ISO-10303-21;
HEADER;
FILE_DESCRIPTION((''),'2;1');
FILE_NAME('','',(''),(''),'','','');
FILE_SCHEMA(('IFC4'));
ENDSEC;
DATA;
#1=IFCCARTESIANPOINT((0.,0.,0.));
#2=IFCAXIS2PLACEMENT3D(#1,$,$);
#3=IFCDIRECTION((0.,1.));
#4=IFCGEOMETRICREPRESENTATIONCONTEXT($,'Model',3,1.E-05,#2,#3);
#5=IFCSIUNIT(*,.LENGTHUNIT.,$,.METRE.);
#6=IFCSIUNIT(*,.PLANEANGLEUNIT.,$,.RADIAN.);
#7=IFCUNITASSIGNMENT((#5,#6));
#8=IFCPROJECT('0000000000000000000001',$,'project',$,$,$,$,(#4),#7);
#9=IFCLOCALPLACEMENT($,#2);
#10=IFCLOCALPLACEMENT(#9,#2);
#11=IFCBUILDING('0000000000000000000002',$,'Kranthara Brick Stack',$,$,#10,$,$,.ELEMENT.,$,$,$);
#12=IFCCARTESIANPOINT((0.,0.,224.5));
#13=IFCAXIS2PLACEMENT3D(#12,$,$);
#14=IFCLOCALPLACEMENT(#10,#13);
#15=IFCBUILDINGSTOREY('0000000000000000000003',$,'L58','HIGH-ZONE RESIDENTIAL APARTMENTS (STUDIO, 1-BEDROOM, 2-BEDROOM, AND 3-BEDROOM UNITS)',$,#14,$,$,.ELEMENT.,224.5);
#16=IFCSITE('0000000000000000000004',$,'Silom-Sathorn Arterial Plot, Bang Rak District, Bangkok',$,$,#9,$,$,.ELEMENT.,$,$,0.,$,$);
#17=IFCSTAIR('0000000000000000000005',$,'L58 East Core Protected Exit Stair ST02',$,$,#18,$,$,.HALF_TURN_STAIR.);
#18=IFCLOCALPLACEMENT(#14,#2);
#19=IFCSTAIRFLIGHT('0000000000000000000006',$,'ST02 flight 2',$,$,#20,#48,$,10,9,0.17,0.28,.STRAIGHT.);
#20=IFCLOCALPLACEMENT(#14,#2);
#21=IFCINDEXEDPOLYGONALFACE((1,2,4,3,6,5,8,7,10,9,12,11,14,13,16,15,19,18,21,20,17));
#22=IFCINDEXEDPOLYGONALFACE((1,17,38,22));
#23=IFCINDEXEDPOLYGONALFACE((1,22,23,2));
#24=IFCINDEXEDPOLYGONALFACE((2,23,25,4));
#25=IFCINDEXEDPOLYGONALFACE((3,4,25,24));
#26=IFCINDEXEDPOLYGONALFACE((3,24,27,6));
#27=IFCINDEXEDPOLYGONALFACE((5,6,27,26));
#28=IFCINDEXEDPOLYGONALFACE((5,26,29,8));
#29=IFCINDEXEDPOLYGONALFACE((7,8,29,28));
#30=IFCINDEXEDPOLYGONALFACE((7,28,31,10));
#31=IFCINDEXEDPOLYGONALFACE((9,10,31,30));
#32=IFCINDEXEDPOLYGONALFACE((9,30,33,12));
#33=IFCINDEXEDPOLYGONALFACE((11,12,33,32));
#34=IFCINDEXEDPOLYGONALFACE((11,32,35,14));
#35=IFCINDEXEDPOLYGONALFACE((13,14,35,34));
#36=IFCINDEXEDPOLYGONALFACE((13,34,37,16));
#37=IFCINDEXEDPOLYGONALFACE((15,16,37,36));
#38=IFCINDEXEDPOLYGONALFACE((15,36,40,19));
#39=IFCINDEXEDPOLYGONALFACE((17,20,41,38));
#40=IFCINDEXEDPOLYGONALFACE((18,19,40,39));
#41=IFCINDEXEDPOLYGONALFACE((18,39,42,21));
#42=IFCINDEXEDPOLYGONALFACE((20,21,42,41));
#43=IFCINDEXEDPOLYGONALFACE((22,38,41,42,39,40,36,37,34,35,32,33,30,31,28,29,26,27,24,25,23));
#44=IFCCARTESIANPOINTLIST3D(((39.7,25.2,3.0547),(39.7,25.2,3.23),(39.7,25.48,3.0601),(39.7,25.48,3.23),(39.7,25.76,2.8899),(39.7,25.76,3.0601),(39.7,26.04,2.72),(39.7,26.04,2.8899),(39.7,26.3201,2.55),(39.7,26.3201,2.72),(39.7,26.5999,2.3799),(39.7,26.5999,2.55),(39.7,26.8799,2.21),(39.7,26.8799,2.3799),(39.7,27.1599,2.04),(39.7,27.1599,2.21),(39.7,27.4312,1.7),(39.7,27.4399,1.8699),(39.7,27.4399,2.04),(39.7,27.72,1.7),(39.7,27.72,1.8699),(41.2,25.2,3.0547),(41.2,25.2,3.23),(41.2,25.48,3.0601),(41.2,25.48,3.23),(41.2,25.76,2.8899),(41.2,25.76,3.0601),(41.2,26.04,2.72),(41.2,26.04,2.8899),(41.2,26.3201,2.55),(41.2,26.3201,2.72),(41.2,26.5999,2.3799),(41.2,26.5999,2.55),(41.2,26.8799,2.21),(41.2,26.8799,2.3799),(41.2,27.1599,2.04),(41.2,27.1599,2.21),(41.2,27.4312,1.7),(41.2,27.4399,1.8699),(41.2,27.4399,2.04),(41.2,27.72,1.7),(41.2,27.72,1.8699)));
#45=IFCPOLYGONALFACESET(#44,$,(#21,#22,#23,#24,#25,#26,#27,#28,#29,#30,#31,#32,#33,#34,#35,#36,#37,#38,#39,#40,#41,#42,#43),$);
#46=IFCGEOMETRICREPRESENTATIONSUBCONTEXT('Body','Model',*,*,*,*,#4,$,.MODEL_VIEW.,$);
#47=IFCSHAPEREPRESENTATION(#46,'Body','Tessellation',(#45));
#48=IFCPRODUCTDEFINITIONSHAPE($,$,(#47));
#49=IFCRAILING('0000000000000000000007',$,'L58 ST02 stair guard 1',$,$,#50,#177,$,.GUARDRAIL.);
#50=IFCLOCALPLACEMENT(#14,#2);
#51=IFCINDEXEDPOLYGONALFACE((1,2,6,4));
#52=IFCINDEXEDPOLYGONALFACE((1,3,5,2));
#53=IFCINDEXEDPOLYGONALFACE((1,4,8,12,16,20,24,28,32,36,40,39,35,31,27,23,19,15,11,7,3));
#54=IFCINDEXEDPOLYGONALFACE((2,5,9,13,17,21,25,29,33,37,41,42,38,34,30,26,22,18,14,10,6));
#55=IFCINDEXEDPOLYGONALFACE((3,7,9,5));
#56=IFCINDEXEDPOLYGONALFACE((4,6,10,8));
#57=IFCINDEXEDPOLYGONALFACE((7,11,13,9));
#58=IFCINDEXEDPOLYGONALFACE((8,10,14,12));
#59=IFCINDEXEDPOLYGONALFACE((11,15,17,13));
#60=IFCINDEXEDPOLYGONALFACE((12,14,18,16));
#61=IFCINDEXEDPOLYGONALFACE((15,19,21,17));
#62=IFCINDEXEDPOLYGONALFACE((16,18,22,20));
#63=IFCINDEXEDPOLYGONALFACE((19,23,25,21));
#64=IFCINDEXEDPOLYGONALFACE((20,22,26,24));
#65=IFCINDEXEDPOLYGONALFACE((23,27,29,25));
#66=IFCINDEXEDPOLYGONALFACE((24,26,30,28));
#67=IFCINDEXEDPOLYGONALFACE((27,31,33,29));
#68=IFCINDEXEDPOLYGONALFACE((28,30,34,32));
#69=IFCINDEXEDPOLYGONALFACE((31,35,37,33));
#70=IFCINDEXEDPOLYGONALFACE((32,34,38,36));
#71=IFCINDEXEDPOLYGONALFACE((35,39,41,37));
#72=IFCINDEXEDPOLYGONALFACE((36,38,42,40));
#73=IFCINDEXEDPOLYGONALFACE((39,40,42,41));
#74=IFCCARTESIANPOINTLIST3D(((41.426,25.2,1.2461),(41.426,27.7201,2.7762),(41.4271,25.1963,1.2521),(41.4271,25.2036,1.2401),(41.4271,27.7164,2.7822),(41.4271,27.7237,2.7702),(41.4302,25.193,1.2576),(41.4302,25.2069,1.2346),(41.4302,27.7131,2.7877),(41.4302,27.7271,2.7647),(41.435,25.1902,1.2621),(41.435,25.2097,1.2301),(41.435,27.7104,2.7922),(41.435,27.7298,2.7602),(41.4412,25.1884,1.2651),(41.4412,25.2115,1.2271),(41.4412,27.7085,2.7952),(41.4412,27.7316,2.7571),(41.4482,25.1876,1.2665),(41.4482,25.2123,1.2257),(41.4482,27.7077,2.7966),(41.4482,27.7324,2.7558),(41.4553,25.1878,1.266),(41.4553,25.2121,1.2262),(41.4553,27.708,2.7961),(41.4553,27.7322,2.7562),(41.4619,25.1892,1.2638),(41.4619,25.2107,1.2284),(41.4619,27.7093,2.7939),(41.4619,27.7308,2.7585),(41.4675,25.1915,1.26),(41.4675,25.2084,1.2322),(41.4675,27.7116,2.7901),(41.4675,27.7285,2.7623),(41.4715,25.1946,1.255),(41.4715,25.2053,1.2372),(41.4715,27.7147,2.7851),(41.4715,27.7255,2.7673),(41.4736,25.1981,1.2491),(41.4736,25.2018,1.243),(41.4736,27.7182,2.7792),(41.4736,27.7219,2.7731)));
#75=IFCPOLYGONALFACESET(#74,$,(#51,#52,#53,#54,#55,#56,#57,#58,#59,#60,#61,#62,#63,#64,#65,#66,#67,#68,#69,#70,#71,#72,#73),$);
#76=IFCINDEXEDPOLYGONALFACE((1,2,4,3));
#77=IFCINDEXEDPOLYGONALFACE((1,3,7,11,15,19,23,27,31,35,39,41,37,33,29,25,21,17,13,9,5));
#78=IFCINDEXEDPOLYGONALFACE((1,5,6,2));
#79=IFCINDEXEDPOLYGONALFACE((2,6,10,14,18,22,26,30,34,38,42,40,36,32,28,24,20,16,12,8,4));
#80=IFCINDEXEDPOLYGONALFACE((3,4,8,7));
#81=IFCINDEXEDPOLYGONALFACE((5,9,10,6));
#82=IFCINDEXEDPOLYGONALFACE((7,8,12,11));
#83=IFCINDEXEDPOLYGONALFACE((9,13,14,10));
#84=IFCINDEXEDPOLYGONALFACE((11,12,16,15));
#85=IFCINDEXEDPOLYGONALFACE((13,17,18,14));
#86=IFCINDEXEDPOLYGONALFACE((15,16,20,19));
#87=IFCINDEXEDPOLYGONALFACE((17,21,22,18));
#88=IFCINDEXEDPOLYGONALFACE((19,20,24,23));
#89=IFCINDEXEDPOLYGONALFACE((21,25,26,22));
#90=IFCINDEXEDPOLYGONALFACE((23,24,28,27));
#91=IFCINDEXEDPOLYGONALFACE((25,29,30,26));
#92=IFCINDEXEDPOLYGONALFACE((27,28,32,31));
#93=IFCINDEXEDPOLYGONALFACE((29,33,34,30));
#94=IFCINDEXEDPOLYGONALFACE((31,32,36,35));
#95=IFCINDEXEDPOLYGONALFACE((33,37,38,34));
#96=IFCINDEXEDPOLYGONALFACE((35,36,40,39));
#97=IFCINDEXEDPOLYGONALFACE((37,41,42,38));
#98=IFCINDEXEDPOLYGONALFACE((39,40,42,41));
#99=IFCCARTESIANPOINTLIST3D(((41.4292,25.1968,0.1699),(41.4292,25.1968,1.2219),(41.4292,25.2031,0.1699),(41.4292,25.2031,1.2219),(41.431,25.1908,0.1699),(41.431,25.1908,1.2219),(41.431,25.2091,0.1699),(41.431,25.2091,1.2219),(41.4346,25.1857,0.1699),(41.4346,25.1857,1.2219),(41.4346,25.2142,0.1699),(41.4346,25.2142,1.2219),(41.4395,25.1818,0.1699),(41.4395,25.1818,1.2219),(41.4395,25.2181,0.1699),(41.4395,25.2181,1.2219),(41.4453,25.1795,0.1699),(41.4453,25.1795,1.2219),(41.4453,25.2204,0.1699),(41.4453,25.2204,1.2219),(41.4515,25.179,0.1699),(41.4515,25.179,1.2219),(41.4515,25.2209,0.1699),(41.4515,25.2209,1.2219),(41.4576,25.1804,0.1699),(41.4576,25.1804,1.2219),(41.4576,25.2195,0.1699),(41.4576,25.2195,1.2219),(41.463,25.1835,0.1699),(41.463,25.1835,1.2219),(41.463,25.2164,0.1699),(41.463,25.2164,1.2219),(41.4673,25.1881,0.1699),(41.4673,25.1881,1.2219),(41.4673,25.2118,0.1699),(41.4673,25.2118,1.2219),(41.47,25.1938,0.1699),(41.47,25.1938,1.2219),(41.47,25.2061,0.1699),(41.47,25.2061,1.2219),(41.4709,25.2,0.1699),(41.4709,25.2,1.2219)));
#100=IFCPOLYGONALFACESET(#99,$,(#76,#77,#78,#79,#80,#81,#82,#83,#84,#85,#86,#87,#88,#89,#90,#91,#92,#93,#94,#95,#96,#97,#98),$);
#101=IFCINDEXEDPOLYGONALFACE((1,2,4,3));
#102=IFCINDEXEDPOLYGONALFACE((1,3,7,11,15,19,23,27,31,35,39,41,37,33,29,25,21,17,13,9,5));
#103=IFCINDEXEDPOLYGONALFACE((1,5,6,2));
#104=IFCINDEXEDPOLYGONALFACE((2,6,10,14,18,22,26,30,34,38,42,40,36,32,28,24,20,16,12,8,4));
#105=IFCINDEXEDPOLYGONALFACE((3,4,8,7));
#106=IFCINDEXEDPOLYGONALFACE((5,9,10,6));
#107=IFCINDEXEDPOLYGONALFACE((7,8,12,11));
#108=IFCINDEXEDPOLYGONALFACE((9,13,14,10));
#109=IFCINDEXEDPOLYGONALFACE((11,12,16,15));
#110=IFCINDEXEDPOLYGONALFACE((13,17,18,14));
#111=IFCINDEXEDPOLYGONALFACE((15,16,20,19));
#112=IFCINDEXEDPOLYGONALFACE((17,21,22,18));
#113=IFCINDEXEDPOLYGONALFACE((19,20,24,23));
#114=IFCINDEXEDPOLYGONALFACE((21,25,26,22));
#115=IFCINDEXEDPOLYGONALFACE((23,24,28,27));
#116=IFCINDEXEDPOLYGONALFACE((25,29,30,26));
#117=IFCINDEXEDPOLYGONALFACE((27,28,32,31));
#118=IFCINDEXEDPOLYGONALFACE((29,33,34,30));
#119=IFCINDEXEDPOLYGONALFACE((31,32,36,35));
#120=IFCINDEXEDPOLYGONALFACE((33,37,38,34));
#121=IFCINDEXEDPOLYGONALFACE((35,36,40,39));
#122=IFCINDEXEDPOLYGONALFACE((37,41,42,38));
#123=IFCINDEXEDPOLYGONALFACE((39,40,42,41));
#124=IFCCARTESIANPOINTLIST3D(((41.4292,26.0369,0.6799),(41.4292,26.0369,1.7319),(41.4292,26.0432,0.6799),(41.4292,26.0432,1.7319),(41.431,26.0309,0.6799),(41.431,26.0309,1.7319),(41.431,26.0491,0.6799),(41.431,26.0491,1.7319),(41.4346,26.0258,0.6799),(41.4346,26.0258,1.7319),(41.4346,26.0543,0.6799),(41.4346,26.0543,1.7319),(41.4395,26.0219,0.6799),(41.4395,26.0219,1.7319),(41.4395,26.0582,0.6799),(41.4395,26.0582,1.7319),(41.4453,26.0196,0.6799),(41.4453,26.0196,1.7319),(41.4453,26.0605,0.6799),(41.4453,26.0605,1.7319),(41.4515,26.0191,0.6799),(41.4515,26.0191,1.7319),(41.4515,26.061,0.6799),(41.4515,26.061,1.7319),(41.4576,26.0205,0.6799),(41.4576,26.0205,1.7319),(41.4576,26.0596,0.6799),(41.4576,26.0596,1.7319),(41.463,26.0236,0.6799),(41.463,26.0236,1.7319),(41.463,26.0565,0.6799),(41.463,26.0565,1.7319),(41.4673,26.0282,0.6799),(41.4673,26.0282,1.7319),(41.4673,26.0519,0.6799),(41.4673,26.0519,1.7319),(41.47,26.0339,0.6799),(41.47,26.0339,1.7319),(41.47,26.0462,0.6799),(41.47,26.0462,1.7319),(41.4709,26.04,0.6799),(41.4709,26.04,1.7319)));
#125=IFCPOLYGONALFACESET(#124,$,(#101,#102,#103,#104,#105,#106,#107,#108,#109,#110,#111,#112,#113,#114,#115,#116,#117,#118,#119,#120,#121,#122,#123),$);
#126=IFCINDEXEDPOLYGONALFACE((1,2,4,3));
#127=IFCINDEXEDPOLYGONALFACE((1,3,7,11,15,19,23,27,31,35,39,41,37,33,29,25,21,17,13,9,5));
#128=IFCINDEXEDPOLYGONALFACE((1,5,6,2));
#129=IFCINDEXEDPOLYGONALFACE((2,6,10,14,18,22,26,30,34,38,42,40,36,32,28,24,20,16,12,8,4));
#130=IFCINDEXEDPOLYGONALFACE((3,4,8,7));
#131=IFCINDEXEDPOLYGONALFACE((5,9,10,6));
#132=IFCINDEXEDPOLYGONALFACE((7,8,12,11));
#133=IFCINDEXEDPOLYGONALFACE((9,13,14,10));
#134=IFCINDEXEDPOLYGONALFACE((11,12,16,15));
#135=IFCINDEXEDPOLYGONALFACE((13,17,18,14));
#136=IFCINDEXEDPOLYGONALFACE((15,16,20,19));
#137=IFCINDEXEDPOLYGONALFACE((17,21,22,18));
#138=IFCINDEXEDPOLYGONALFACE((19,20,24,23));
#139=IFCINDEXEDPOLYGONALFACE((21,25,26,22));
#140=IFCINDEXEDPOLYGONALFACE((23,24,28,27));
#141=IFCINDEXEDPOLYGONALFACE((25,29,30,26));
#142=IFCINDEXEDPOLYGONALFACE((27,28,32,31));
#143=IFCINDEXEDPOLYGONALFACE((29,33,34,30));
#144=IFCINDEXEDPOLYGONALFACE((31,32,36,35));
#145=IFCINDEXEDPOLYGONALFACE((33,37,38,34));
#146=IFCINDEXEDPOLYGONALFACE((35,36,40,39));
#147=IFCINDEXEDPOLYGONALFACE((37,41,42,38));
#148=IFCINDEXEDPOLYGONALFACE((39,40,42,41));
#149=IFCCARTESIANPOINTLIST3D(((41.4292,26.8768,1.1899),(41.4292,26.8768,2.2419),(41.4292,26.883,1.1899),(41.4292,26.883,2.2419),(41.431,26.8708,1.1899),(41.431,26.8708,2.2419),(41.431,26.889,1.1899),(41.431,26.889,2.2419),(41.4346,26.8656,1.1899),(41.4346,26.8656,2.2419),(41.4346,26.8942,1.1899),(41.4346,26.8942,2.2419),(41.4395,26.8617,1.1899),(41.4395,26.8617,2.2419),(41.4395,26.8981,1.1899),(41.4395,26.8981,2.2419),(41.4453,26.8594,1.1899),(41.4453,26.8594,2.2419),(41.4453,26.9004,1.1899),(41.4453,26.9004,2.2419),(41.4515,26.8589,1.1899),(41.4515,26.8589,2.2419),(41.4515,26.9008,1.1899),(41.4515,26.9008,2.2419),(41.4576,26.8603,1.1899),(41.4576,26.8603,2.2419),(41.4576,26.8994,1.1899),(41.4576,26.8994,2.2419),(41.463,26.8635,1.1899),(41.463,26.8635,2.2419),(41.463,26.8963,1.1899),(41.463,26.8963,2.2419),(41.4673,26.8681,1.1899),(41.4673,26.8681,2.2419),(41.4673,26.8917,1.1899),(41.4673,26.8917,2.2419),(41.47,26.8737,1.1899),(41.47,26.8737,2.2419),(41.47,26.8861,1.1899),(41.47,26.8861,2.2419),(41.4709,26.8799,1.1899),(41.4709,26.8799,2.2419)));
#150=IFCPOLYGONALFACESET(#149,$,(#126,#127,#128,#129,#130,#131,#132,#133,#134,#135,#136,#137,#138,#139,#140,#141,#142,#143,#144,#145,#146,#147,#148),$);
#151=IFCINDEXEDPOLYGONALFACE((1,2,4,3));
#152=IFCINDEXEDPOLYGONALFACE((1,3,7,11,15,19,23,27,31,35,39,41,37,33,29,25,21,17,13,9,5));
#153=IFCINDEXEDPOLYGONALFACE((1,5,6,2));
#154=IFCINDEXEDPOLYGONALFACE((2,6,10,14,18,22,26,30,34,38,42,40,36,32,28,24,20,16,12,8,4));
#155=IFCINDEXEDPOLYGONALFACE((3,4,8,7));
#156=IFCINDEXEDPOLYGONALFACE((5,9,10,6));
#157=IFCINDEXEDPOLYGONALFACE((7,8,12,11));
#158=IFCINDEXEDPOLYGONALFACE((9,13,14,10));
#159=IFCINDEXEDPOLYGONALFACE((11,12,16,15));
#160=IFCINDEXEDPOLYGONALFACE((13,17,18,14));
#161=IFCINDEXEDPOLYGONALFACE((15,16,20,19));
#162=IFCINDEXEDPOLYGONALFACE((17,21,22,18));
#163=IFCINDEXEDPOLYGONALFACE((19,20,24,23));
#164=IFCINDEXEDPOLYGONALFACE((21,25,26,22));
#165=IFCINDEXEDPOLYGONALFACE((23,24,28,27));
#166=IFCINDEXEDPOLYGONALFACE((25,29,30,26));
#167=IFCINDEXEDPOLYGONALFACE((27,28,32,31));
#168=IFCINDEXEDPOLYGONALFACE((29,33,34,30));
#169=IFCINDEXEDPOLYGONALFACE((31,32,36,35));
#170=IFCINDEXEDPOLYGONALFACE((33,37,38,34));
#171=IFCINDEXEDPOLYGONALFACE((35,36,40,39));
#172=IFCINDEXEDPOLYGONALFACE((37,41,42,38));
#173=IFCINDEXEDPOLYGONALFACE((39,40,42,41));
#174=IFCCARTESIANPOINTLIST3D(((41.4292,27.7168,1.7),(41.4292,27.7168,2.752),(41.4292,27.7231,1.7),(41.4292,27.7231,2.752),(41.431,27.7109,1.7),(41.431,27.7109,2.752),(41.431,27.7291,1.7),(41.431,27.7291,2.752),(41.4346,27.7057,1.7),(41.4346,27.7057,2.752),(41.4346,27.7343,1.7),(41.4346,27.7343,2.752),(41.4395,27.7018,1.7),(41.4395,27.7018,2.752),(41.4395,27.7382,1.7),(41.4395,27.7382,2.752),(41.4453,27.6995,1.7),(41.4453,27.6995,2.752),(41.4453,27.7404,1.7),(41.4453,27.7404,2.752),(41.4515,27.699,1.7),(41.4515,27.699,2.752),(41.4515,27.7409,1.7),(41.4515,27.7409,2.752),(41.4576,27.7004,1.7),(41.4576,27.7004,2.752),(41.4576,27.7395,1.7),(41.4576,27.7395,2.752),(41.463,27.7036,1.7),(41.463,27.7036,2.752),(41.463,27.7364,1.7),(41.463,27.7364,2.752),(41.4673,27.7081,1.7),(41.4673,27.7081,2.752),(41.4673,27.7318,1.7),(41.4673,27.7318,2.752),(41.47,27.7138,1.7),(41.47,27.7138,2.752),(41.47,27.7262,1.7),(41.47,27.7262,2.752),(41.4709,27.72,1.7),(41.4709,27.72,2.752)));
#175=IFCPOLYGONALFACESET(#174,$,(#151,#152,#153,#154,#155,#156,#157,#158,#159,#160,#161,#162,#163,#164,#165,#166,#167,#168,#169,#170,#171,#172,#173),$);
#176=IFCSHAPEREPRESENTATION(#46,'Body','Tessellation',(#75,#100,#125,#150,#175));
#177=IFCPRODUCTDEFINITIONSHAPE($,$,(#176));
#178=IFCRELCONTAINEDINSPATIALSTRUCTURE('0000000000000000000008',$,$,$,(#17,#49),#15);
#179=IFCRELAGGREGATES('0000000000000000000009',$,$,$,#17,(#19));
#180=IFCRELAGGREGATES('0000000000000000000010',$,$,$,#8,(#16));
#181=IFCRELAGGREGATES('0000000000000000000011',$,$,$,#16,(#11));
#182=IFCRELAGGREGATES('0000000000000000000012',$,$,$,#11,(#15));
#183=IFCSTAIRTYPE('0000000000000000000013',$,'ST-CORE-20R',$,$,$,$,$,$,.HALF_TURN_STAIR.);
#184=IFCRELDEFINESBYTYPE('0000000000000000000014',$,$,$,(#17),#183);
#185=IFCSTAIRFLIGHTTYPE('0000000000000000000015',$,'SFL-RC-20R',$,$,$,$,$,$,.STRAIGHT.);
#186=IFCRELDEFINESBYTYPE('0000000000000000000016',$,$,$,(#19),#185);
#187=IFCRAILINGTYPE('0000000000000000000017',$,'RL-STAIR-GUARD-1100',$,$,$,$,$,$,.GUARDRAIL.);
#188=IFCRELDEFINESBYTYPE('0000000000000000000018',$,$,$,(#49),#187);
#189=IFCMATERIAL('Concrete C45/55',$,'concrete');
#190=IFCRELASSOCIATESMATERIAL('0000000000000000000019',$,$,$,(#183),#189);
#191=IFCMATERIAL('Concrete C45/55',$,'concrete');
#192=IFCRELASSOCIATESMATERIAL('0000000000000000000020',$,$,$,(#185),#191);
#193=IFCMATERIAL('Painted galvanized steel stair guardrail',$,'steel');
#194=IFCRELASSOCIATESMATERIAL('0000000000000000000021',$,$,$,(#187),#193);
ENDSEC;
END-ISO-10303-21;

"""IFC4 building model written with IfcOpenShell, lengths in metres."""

from ifc_helpers import new_model, si_unit, direction, frame, origin, origin_2d, place, context, subcontext, project, spatial, polyline, circle, outline, extrude, material, type_object, element, aggregate, save


model = new_model("IFC4")

# Units and contexts
model_context = context("Model", 3, precision=1e-05, world=origin(), true_north=direction((0.0, 1.0)))
body_context = subcontext(model_context, "Body", "Model", "MODEL_VIEW")
ifc_project = project(units=[si_unit("LENGTHUNIT", "METRE"), si_unit("PLANEANGLEUNIT", "RADIAN")], contexts=[model_context])

# Site, building, storey
site_placement = place(None, origin())
site = spatial("IfcSite", under=ifc_project, at=site_placement, Name="Silom-Sathorn Arterial Plot, Bang Rak District, Bangkok", CompositionType="ELEMENT", RefElevation=0.0)
building_placement = place(site_placement, origin())
building = spatial("IfcBuilding", under=site, at=building_placement, Name="Kranthara Brick Stack", CompositionType="ELEMENT")
storey_placement = place(building_placement, frame((0.0, 0.0, 224.5)))
storey = spatial("IfcBuildingStorey", under=building, at=storey_placement, Name="L58", Description="HIGH-ZONE RESIDENTIAL APARTMENTS (STUDIO, 1-BEDROOM, 2-BEDROOM, AND 3-BEDROOM UNITS)", CompositionType="ELEMENT", Elevation=224.5)

# Stair, stair flight
ifc_material_1 = material(Name="Concrete C45/55", Category="concrete")
stair_type = type_object("IfcStairType", Name="ST-CORE-20R", PredefinedType="HALF_TURN_STAIR", material=ifc_material_1)
stair_placement = place(storey_placement, origin())
stair = element("IfcStair", 1, at=stair_placement, inside=storey, type_object=stair_type, Name="L58 East Core Protected Exit Stair ST02", PredefinedType="HALF_TURN_STAIR")
ifc_material_2 = material(Name="Concrete C45/55", Category="concrete")
stair_flight_type = type_object("IfcStairFlightType", Name="SFL-RC-20R", PredefinedType="STRAIGHT", material=ifc_material_2)
stair_flight_1_placement = place(storey_placement, frame((40.45, 27.72, 1.7), z_axis=(0.0, 0.0, 1.0), x_axis=(0.0, -1.0, 0.0)))
stair_flight_1 = element("IfcStairFlight", 2, at=stair_flight_1_placement, type_object=stair_flight_type, Name="ST02 flight 2", NumberOfRisers=10, NumberOfTreads=9, PredefinedType="STRAIGHT", RiserHeight=0.17, TreadLength=0.28, context=body_context, shape_type="SweptSolid", body=[
    extrude(outline(polyline([(0.0, 0.0), (0.0, 0.1699), (0.28, 0.1699), (0.28, 0.3401), (0.5601, 0.3401), (0.5601, 0.51), (0.8401, 0.51), (0.8401, 0.6799), (1.1201, 0.6799), (1.1201, 0.8501), (1.3999, 0.8501), (1.3999, 1.02), (1.6799, 1.02), (1.6799, 1.1899), (1.96, 1.1899), (1.96, 1.3601), (2.24, 1.3601), (2.24, 1.53), (2.52, 1.53), (2.52, 1.7), (2.52, 1.3547), (0.2888, 0.0), (0.0, 0.0)])), frame((0.0, 0.75, 0.0), z_axis=(0.0, -1.0, 0.0), x_axis=(1.0, 0.0, 0.0)), (0.0, 0.0, 1.0), 1.5),
])
aggregate(stair, [stair_flight_1])

# Railing
ifc_material_3 = material(Name="Painted galvanized steel stair guardrail", Category="steel")
railing_type_1 = type_object("IfcRailingType", Name="RL-STAIR-GUARD-1100", PredefinedType="GUARDRAIL", material=ifc_material_3)
railing_1_placement = place(storey_placement, frame((41.45, 25.2, 0.1699)))
element("IfcRailing", 3, at=railing_1_placement, inside=storey, type_object=railing_type_1, Name="L58 ST02 stair guard 1", PredefinedType="GUARDRAIL", context=body_context, shape_type="SweptSolid", body=[
    extrude(circle(Radius=0.0239, at=origin_2d()), frame((0.0, 0.0, 1.0762), z_axis=(0.0, 0.854785, 0.518982), x_axis=(-1.0, 0.0, 0.0)), (0.0, 0.0, 1.0), 2.9482),
    extrude(circle(Radius=0.021, at=origin_2d()), origin(), (0.0, 0.0, 1.0), 1.052),
    extrude(circle(Radius=0.021, at=origin_2d()), frame((0.0, 0.8401, 0.51)), (0.0, 0.0, 1.0), 1.052),
    extrude(circle(Radius=0.021, at=origin_2d()), frame((0.0, 1.6799, 1.02)), (0.0, 0.0, 1.0), 1.052),
    extrude(circle(Radius=0.021, at=origin_2d()), frame((0.0, 2.52, 1.53)), (0.0, 0.0, 1.0), 1.052),
])

save(model, "model.ifc")
